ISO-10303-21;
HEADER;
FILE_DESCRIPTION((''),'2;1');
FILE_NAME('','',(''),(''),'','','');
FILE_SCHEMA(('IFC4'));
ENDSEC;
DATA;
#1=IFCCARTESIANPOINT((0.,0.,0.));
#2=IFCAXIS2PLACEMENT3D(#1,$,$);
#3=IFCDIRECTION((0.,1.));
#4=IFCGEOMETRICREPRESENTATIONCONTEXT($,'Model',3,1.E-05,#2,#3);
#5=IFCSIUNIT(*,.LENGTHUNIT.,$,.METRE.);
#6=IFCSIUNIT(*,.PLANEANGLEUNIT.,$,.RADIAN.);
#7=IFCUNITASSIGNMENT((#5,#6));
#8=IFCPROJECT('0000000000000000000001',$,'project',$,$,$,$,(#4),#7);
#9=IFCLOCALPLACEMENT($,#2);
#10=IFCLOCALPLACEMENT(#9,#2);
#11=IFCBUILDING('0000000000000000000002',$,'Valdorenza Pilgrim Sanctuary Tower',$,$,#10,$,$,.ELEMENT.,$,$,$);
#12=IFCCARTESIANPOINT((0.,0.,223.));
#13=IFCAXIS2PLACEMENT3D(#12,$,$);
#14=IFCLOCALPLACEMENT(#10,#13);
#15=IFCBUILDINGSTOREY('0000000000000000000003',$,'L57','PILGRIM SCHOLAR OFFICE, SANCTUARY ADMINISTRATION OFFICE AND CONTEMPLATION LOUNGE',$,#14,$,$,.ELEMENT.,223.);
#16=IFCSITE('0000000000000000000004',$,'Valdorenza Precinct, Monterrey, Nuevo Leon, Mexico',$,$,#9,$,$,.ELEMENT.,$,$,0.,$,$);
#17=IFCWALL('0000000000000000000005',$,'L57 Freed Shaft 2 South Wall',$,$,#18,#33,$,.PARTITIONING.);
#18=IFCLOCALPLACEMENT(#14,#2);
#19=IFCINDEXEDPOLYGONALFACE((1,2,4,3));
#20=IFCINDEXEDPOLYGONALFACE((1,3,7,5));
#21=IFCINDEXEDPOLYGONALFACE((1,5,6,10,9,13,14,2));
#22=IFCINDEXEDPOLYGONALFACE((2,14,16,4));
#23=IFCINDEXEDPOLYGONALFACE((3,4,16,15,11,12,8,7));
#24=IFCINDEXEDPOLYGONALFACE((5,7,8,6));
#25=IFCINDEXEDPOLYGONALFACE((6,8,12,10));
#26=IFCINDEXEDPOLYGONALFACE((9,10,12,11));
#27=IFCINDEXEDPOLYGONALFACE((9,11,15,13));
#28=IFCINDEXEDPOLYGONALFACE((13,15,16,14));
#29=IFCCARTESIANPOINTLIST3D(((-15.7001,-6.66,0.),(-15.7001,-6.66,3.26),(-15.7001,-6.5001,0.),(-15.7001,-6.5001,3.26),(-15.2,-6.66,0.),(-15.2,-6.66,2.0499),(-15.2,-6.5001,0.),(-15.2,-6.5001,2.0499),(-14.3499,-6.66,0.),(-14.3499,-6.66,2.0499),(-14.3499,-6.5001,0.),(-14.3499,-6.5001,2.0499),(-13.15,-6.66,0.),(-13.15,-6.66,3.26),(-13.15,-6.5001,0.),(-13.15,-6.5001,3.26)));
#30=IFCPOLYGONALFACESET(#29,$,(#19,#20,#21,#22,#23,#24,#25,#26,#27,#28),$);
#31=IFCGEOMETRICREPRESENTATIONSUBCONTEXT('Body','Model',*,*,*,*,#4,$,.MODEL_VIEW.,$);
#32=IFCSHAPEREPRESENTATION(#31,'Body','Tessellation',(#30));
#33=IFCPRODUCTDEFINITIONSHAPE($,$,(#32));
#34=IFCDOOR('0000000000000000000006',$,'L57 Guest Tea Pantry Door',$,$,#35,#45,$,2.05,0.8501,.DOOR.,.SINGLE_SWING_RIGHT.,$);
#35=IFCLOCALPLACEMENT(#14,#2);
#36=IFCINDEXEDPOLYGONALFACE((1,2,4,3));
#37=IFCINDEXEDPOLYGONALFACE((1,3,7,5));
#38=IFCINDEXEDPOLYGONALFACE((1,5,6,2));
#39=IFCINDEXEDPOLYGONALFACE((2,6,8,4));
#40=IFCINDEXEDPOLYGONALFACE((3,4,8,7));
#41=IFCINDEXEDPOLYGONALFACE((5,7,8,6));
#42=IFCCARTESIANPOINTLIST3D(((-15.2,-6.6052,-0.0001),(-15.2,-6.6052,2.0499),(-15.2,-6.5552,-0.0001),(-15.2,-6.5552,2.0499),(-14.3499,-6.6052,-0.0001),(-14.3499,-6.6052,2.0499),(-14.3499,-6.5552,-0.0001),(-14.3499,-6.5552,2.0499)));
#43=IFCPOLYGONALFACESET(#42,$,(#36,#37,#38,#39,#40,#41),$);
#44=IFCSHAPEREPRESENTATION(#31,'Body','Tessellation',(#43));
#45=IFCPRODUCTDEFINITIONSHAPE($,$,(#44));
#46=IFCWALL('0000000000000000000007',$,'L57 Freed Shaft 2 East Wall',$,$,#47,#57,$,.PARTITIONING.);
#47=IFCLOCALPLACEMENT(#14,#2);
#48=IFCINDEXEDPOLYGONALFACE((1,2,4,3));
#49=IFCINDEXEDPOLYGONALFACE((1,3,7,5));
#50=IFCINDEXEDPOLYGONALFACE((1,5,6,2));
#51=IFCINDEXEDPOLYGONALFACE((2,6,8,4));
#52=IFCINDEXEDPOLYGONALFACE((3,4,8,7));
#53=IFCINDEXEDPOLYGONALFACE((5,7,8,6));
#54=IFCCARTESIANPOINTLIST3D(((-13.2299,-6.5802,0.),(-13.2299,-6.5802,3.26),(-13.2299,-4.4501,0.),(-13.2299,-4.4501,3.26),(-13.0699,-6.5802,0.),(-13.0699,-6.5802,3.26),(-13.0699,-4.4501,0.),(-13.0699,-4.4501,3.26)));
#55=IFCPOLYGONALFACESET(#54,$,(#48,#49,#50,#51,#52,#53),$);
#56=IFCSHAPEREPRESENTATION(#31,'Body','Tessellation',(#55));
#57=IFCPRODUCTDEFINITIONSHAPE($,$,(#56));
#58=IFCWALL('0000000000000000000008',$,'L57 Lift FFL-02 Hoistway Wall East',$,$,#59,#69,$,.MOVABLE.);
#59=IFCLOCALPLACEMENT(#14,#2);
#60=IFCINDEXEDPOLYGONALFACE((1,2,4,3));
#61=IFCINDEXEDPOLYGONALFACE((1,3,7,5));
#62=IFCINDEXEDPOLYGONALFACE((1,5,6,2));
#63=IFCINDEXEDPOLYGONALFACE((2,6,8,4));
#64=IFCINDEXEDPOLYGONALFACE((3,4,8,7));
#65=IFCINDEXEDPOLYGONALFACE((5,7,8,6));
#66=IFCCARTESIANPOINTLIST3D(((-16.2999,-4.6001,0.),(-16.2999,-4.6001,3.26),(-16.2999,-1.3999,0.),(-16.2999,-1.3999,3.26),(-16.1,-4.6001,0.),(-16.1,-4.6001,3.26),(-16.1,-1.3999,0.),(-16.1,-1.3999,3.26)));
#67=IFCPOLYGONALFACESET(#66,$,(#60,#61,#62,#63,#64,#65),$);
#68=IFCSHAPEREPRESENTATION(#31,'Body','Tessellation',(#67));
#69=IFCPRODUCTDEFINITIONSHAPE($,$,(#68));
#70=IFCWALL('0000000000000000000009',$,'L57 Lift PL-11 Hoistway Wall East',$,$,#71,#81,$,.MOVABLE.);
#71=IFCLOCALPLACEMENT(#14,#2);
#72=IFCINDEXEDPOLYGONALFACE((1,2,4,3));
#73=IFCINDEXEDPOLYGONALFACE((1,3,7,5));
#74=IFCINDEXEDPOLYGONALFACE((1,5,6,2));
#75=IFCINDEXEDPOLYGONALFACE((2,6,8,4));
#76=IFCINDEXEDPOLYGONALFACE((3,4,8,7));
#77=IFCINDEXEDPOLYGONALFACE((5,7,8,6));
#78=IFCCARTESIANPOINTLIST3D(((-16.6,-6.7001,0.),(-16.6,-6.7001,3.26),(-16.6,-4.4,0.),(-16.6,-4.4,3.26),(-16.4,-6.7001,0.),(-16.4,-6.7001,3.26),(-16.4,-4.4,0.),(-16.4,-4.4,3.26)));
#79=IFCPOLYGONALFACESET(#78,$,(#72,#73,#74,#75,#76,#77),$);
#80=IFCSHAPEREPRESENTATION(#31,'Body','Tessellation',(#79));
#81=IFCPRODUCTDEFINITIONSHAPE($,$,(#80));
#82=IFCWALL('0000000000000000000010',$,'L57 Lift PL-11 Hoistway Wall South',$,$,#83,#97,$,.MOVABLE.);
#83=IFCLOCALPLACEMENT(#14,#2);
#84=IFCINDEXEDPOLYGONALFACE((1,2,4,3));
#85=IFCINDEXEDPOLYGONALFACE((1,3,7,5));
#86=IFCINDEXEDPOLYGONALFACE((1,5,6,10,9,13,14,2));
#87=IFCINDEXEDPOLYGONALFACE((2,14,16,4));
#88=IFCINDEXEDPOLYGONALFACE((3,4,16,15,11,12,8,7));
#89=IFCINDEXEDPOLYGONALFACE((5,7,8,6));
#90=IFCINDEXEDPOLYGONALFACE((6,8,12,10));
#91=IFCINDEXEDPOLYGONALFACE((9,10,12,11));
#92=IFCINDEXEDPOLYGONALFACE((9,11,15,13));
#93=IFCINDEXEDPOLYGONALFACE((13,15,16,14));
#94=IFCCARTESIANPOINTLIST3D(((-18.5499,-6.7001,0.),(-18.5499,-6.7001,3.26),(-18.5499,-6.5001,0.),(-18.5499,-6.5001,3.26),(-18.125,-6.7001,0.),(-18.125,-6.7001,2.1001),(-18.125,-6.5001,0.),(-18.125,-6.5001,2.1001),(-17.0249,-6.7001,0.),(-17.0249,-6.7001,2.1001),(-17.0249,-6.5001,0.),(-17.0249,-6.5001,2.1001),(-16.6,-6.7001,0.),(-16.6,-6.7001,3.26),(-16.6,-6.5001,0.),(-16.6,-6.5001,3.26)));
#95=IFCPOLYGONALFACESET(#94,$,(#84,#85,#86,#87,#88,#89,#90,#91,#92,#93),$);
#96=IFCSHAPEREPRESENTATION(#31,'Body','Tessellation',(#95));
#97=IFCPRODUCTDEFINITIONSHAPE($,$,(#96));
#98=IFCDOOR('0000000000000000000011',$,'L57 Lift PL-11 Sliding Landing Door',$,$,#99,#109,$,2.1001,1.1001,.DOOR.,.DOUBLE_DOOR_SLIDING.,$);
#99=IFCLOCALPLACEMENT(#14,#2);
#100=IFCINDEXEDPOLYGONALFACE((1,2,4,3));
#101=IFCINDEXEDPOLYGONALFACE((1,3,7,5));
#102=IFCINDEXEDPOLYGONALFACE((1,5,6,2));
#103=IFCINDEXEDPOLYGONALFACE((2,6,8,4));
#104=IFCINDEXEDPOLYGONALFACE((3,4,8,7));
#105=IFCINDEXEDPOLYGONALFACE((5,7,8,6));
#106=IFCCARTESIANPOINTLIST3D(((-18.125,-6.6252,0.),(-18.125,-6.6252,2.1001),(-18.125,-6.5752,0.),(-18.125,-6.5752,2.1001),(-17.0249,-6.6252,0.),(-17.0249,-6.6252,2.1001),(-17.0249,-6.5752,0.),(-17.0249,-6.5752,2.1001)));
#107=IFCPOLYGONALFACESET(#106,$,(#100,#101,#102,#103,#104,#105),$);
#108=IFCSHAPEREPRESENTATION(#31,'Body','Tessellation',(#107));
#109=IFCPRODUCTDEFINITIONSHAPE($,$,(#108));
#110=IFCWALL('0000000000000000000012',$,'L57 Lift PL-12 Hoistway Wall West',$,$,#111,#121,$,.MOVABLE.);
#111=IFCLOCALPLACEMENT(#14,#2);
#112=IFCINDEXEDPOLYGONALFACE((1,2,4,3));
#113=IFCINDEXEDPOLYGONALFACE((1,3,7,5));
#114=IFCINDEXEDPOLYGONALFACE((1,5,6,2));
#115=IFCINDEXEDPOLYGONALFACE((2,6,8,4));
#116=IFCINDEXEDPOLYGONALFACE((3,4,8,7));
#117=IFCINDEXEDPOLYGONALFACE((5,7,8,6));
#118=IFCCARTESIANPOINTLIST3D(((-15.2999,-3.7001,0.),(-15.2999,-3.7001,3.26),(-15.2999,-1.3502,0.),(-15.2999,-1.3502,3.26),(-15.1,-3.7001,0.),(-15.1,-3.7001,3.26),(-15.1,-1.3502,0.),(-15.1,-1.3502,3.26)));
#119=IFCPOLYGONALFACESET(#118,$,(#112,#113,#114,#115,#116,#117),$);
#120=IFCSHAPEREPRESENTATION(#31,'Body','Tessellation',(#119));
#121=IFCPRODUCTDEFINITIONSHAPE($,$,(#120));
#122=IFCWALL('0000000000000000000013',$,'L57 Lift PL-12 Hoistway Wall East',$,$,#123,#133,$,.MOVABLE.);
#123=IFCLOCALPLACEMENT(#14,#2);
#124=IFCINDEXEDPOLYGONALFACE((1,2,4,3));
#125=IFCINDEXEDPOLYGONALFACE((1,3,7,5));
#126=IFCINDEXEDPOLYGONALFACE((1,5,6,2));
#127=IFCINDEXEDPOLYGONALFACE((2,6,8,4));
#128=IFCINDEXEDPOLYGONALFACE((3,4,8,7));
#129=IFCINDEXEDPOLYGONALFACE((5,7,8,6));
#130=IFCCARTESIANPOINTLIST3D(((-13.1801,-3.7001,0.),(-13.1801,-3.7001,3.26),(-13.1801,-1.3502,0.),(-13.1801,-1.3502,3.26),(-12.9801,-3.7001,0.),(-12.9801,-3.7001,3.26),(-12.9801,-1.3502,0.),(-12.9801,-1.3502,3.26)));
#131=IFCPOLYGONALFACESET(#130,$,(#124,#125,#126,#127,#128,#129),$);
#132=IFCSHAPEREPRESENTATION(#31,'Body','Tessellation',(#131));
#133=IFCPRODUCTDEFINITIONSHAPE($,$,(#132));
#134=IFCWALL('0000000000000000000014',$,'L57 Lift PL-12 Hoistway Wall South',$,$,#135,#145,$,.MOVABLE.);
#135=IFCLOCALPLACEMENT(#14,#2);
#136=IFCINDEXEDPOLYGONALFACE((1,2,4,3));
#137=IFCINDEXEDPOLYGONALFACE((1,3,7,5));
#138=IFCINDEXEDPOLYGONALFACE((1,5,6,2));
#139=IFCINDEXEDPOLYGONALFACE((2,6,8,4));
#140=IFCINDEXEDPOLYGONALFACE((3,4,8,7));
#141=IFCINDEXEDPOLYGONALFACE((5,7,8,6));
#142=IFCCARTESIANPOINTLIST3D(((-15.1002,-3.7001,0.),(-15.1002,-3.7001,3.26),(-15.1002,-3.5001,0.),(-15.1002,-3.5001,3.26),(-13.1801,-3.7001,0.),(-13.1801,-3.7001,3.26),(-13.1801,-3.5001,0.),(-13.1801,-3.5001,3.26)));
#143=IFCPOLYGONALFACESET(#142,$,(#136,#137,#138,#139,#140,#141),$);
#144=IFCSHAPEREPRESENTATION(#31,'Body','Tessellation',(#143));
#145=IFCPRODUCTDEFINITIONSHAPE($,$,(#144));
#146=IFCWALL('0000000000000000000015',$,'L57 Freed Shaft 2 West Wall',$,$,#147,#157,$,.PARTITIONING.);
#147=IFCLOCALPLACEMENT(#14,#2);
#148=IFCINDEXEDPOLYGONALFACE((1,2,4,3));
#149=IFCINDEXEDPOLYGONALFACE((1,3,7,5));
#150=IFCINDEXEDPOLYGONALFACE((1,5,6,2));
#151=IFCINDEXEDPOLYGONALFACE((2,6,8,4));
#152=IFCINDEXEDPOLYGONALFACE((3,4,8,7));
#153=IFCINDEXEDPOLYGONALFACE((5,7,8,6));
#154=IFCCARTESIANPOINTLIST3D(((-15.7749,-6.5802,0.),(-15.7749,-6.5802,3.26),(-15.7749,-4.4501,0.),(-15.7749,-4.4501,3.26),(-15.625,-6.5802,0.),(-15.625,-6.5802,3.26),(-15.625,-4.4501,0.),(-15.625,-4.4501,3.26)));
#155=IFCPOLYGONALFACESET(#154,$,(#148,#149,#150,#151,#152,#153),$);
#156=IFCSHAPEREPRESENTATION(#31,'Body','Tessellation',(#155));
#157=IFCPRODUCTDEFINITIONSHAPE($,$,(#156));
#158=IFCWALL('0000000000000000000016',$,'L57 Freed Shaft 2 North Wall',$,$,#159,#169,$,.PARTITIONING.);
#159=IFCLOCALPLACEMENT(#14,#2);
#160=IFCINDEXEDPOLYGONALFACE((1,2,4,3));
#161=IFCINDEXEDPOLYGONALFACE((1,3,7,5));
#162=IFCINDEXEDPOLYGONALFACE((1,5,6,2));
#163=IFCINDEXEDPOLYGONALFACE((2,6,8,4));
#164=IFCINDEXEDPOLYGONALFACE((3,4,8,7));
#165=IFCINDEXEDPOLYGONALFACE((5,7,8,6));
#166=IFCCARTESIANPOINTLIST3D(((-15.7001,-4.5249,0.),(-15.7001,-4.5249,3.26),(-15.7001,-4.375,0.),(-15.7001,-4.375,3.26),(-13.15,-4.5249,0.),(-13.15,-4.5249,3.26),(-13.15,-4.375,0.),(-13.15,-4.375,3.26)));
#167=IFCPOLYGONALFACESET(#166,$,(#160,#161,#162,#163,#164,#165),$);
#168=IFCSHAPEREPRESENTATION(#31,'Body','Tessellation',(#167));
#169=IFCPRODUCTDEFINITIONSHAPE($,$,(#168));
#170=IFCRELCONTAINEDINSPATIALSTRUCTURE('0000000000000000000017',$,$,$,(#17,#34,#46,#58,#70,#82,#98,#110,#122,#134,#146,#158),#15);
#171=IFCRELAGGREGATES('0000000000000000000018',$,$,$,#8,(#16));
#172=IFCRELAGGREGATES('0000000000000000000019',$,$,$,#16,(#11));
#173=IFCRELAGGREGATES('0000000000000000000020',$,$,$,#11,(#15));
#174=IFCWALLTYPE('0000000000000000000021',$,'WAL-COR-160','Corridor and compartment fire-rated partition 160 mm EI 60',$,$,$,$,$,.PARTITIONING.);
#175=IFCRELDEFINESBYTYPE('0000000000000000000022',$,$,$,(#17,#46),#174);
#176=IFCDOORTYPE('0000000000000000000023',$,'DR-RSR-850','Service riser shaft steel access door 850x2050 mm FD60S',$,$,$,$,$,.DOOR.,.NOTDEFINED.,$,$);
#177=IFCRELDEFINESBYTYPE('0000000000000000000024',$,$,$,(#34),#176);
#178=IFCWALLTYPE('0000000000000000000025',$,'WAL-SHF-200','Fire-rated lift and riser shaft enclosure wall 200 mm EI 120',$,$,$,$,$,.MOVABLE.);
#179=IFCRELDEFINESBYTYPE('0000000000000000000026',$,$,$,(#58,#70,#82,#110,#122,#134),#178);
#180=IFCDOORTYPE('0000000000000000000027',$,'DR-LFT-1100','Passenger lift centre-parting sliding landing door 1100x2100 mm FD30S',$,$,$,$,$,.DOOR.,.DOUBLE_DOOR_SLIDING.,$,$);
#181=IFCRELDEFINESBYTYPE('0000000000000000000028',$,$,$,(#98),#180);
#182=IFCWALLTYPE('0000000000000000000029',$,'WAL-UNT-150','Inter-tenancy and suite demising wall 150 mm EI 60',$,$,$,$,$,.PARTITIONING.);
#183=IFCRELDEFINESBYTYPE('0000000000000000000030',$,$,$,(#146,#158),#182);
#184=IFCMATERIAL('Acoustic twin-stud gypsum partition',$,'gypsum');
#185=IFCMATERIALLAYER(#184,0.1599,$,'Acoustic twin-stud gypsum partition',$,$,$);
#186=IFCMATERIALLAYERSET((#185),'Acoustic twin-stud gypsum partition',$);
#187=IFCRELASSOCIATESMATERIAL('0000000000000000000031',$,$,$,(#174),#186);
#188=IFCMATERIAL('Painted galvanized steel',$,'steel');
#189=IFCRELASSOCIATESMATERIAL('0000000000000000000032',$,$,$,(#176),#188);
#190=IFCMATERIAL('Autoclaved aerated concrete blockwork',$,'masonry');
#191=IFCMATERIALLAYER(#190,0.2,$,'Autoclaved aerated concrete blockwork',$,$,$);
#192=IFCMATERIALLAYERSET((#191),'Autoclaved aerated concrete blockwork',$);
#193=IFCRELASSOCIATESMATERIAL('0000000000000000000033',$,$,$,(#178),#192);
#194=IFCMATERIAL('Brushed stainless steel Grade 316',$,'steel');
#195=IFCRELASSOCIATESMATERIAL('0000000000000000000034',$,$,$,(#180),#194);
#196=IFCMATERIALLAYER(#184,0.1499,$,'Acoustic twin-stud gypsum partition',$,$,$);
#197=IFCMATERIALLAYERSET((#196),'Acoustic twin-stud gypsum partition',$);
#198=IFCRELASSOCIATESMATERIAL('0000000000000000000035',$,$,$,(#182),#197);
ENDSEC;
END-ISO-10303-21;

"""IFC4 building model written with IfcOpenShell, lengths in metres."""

from ifc_helpers import new_model, si_unit, direction, frame, frame_2d, origin, place, context, subcontext, project, spatial, rectangle, extrude, material, layer, layer_set, type_object, element, fill, save


model = new_model("IFC4")

# Units and contexts
model_context = context("Model", 3, precision=1e-05, world=origin(), true_north=direction((0.0, 1.0)))
body_context = subcontext(model_context, "Body", "Model", "MODEL_VIEW")
ifc_project = project(units=[si_unit("LENGTHUNIT", "METRE"), si_unit("PLANEANGLEUNIT", "RADIAN")], contexts=[model_context])

# Site, building, storey
site_placement = place(None, origin())
site = spatial("IfcSite", under=ifc_project, at=site_placement, Name="Valdorenza Precinct, Monterrey, Nuevo Leon, Mexico", CompositionType="ELEMENT", RefElevation=0.0)
building_placement = place(site_placement, origin())
building = spatial("IfcBuilding", under=site, at=building_placement, Name="Valdorenza Pilgrim Sanctuary Tower", CompositionType="ELEMENT")
storey_placement = place(building_placement, frame((0.0, 0.0, 223.0)))
storey = spatial("IfcBuildingStorey", under=building, at=storey_placement, Name="L57", Description="PILGRIM SCHOLAR OFFICE, SANCTUARY ADMINISTRATION OFFICE AND CONTEMPLATION LOUNGE", CompositionType="ELEMENT", Elevation=223.0)

# Shared definitions
ifc_material_1 = material(Name="Acoustic twin-stud gypsum partition", Category="gypsum")
ifc_layer_1 = layer(ifc_material_1, 0.1599, Name="Acoustic twin-stud gypsum partition")
ifc_layer_set_1 = layer_set([ifc_layer_1], Name="Acoustic twin-stud gypsum partition")
wall_type_1 = type_object("IfcWallType", Name="WAL-COR-160", Description="Corridor and compartment fire-rated partition 160 mm EI 60", PredefinedType="PARTITIONING", material=ifc_layer_set_1)
ifc_material_2 = material(Name="Painted galvanized steel", Category="steel")
door_type_1 = type_object("IfcDoorType", Name="DR-RSR-850", Description="Service riser shaft steel access door 850x2050 mm FD60S", OperationType="NOTDEFINED", PredefinedType="DOOR", material=ifc_material_2)

# Wall, opening, door
wall_1_placement = place(storey_placement, frame((-15.7, -6.5801, 0.0), z_axis=(0.0, 0.0, 1.0), x_axis=(1.0, 0.0, 0.0)))
wall_1 = element("IfcWall", 1, at=wall_1_placement, inside=storey, type_object=wall_type_1, Name="L57 Freed Shaft 2 South Wall", PredefinedType="PARTITIONING", context=body_context, shape_type="SweptSolid", body=[
    extrude(rectangle(XDim=2.55, YDim=0.1599, at=frame_2d((1.2749, 0.0))), origin(), (0.0, 0.0, 1.0), 3.26),
])
opening_1_placement = place(wall_1_placement, frame((0.5, 0.0, 0.0)))
opening_1 = element("IfcOpeningElement", 2, at=opening_1_placement, cuts=wall_1, PredefinedType="OPENING", context=body_context, shape_type="SweptSolid", body=[
    extrude(rectangle(XDim=0.8501, YDim=2.05, at=frame_2d((0.425, 1.0249))), frame((0.0, 0.0947, 0.0), z_axis=(0.0, -1.0, 0.0), x_axis=(1.0, 0.0, 0.0)), (0.0, 0.0, 1.0), 0.1897),
])
door_1_placement = place(opening_1_placement, origin())
door_1 = element("IfcDoor", 3, at=door_1_placement, inside=storey, type_object=door_type_1, Name="L57 Guest Tea Pantry Door", OperationType="SINGLE_SWING_RIGHT", OverallHeight=2.05, OverallWidth=0.8501, PredefinedType="DOOR", context=body_context, shape_type="SweptSolid", body=[
    extrude(rectangle(XDim=0.8501, YDim=2.05, at=frame_2d((0.425, 1.0249))), frame((0.0, 0.0249, 0.0), z_axis=(0.0, -1.0, 0.0), x_axis=(1.0, 0.0, 0.0)), (0.0, 0.0, 1.0), 0.05),
])
fill(opening_1, door_1)

# Walls
wall_2_placement = place(storey_placement, frame((-13.1499, -6.5801, 0.0), z_axis=(0.0, 0.0, 1.0), x_axis=(0.0, 1.0, 0.0)))
element("IfcWall", 4, at=wall_2_placement, inside=storey, type_object=wall_type_1, Name="L57 Freed Shaft 2 East Wall", PredefinedType="PARTITIONING", context=body_context, shape_type="SweptSolid", body=[
    extrude(rectangle(XDim=2.1301, YDim=0.1599, at=frame_2d((1.0649, 0.0))), origin(), (0.0, 0.0, 1.0), 3.26),
])
ifc_material_3 = material(Name="Autoclaved aerated concrete blockwork", Category="masonry")
ifc_layer_2 = layer(ifc_material_3, 0.2, Name="Autoclaved aerated concrete blockwork")
ifc_layer_set_2 = layer_set([ifc_layer_2], Name="Autoclaved aerated concrete blockwork")
wall_type_2 = type_object("IfcWallType", Name="WAL-SHF-200", Description="Fire-rated lift and riser shaft enclosure wall 200 mm EI 120", PredefinedType="MOVABLE", material=ifc_layer_set_2)
wall_3_placement = place(storey_placement, frame((-16.2, -4.6001, 0.0), z_axis=(0.0, 0.0, 1.0), x_axis=(0.0, 1.0, 0.0)))
element("IfcWall", 5, at=wall_3_placement, inside=storey, type_object=wall_type_2, Name="L57 Lift FFL-02 Hoistway Wall East", PredefinedType="MOVABLE", context=body_context, shape_type="SweptSolid", body=[
    extrude(rectangle(XDim=3.2002, YDim=0.2, at=frame_2d((1.6001, 0.0))), origin(), (0.0, 0.0, 1.0), 3.26),
])
wall_4_placement = place(storey_placement, frame((-16.5, -6.7, 0.0), z_axis=(0.0, 0.0, 1.0), x_axis=(0.0, 1.0, 0.0)))
element("IfcWall", 6, at=wall_4_placement, inside=storey, type_object=wall_type_2, Name="L57 Lift PL-11 Hoistway Wall East", PredefinedType="MOVABLE", context=body_context, shape_type="SweptSolid", body=[
    extrude(rectangle(XDim=2.3, YDim=0.2, at=frame_2d((1.1499, 0.0))), origin(), (0.0, 0.0, 1.0), 3.26),
])

# Wall, opening, door
wall_5_placement = place(storey_placement, frame((-18.55, -6.6001, 0.0), z_axis=(0.0, 0.0, 1.0), x_axis=(1.0, 0.0, 0.0)))
wall_5 = element("IfcWall", 7, at=wall_5_placement, inside=storey, type_object=wall_type_2, Name="L57 Lift PL-11 Hoistway Wall South", PredefinedType="MOVABLE", context=body_context, shape_type="SweptSolid", body=[
    extrude(rectangle(XDim=1.95, YDim=0.2, at=frame_2d((0.9751, 0.0))), origin(), (0.0, 0.0, 1.0), 3.26),
])
opening_2_placement = place(wall_5_placement, frame((0.425, 0.0, 0.0)))
opening_2 = element("IfcOpeningElement", 8, at=opening_2_placement, cuts=wall_5, PredefinedType="OPENING", context=body_context, shape_type="SweptSolid", body=[
    extrude(rectangle(XDim=1.1001, YDim=2.1001, at=frame_2d((0.55, 1.05))), frame((0.0, 0.1147, 0.0), z_axis=(0.0, -1.0, 0.0), x_axis=(1.0, 0.0, 0.0)), (0.0, 0.0, 1.0), 0.2297),
])
ifc_material_4 = material(Name="Brushed stainless steel Grade 316", Category="steel")
door_type_2 = type_object("IfcDoorType", Name="DR-LFT-1100", Description="Passenger lift centre-parting sliding landing door 1100x2100 mm FD30S", OperationType="DOUBLE_DOOR_SLIDING", PredefinedType="DOOR", material=ifc_material_4)
door_2_placement = place(opening_2_placement, origin())
door_2 = element("IfcDoor", 9, at=door_2_placement, inside=storey, type_object=door_type_2, Name="L57 Lift PL-11 Sliding Landing Door", OperationType="DOUBLE_DOOR_SLIDING", OverallHeight=2.1001, OverallWidth=1.1001, PredefinedType="DOOR", context=body_context, shape_type="SweptSolid", body=[
    extrude(rectangle(XDim=1.1001, YDim=2.1001, at=frame_2d((0.55, 1.05))), frame((0.0, 0.0249, 0.0), z_axis=(0.0, -1.0, 0.0), x_axis=(1.0, 0.0, 0.0)), (0.0, 0.0, 1.0), 0.05),
])
fill(opening_2, door_2)

# Walls
for number, where, z_axis, x_axis, name in (
    (10, (-15.2, -3.7, 0.0), (0.0, 0.0, 1.0), (0.0, 1.0, 0.0), "L57 Lift PL-12 Hoistway Wall West"),
    (11, (-13.0801, -3.7, 0.0), (0.0, 0.0, 1.0), (0.0, 1.0, 0.0), "L57 Lift PL-12 Hoistway Wall East"),
):
    element("IfcWall", number, at=place(storey_placement, frame(where, z_axis=z_axis, x_axis=x_axis)), inside=storey, type_object=wall_type_2, Name=name, PredefinedType="MOVABLE", context=body_context, shape_type="SweptSolid", body=[
        extrude(rectangle(XDim=2.3499, YDim=0.2, at=frame_2d((1.1748, 0.0))), origin(), (0.0, 0.0, 1.0), 3.26),
    ])
wall_6_placement = place(storey_placement, frame((-15.1001, -3.6001, 0.0), z_axis=(0.0, 0.0, 1.0), x_axis=(1.0, 0.0, 0.0)))
element("IfcWall", 12, at=wall_6_placement, inside=storey, type_object=wall_type_2, Name="L57 Lift PL-12 Hoistway Wall South", PredefinedType="MOVABLE", context=body_context, shape_type="SweptSolid", body=[
    extrude(rectangle(XDim=1.9202, YDim=0.2, at=frame_2d((0.96, 0.0))), origin(), (0.0, 0.0, 1.0), 3.26),
])
ifc_layer_3 = layer(ifc_material_1, 0.1499, Name="Acoustic twin-stud gypsum partition")
ifc_layer_set_3 = layer_set([ifc_layer_3], Name="Acoustic twin-stud gypsum partition")
wall_type_3 = type_object("IfcWallType", Name="WAL-UNT-150", Description="Inter-tenancy and suite demising wall 150 mm EI 60", PredefinedType="PARTITIONING", material=ifc_layer_set_3)
wall_7_placement = place(storey_placement, frame((-15.7, -6.5801, 0.0), z_axis=(0.0, 0.0, 1.0), x_axis=(0.0, 1.0, 0.0)))
element("IfcWall", 13, at=wall_7_placement, inside=storey, type_object=wall_type_3, Name="L57 Freed Shaft 2 West Wall", PredefinedType="PARTITIONING", context=body_context, shape_type="SweptSolid", body=[
    extrude(rectangle(XDim=2.1301, YDim=0.1499, at=frame_2d((1.0649, 0.0))), origin(), (0.0, 0.0, 1.0), 3.26),
])
wall_8_placement = place(storey_placement, frame((-15.7, -4.45, 0.0), z_axis=(0.0, 0.0, 1.0), x_axis=(1.0, 0.0, 0.0)))
element("IfcWall", 14, at=wall_8_placement, inside=storey, type_object=wall_type_3, Name="L57 Freed Shaft 2 North Wall", PredefinedType="PARTITIONING", context=body_context, shape_type="SweptSolid", body=[
    extrude(rectangle(XDim=2.55, YDim=0.1499, at=frame_2d((1.2749, 0.0))), origin(), (0.0, 0.0, 1.0), 3.26),
])

save(model, "model.ifc")
